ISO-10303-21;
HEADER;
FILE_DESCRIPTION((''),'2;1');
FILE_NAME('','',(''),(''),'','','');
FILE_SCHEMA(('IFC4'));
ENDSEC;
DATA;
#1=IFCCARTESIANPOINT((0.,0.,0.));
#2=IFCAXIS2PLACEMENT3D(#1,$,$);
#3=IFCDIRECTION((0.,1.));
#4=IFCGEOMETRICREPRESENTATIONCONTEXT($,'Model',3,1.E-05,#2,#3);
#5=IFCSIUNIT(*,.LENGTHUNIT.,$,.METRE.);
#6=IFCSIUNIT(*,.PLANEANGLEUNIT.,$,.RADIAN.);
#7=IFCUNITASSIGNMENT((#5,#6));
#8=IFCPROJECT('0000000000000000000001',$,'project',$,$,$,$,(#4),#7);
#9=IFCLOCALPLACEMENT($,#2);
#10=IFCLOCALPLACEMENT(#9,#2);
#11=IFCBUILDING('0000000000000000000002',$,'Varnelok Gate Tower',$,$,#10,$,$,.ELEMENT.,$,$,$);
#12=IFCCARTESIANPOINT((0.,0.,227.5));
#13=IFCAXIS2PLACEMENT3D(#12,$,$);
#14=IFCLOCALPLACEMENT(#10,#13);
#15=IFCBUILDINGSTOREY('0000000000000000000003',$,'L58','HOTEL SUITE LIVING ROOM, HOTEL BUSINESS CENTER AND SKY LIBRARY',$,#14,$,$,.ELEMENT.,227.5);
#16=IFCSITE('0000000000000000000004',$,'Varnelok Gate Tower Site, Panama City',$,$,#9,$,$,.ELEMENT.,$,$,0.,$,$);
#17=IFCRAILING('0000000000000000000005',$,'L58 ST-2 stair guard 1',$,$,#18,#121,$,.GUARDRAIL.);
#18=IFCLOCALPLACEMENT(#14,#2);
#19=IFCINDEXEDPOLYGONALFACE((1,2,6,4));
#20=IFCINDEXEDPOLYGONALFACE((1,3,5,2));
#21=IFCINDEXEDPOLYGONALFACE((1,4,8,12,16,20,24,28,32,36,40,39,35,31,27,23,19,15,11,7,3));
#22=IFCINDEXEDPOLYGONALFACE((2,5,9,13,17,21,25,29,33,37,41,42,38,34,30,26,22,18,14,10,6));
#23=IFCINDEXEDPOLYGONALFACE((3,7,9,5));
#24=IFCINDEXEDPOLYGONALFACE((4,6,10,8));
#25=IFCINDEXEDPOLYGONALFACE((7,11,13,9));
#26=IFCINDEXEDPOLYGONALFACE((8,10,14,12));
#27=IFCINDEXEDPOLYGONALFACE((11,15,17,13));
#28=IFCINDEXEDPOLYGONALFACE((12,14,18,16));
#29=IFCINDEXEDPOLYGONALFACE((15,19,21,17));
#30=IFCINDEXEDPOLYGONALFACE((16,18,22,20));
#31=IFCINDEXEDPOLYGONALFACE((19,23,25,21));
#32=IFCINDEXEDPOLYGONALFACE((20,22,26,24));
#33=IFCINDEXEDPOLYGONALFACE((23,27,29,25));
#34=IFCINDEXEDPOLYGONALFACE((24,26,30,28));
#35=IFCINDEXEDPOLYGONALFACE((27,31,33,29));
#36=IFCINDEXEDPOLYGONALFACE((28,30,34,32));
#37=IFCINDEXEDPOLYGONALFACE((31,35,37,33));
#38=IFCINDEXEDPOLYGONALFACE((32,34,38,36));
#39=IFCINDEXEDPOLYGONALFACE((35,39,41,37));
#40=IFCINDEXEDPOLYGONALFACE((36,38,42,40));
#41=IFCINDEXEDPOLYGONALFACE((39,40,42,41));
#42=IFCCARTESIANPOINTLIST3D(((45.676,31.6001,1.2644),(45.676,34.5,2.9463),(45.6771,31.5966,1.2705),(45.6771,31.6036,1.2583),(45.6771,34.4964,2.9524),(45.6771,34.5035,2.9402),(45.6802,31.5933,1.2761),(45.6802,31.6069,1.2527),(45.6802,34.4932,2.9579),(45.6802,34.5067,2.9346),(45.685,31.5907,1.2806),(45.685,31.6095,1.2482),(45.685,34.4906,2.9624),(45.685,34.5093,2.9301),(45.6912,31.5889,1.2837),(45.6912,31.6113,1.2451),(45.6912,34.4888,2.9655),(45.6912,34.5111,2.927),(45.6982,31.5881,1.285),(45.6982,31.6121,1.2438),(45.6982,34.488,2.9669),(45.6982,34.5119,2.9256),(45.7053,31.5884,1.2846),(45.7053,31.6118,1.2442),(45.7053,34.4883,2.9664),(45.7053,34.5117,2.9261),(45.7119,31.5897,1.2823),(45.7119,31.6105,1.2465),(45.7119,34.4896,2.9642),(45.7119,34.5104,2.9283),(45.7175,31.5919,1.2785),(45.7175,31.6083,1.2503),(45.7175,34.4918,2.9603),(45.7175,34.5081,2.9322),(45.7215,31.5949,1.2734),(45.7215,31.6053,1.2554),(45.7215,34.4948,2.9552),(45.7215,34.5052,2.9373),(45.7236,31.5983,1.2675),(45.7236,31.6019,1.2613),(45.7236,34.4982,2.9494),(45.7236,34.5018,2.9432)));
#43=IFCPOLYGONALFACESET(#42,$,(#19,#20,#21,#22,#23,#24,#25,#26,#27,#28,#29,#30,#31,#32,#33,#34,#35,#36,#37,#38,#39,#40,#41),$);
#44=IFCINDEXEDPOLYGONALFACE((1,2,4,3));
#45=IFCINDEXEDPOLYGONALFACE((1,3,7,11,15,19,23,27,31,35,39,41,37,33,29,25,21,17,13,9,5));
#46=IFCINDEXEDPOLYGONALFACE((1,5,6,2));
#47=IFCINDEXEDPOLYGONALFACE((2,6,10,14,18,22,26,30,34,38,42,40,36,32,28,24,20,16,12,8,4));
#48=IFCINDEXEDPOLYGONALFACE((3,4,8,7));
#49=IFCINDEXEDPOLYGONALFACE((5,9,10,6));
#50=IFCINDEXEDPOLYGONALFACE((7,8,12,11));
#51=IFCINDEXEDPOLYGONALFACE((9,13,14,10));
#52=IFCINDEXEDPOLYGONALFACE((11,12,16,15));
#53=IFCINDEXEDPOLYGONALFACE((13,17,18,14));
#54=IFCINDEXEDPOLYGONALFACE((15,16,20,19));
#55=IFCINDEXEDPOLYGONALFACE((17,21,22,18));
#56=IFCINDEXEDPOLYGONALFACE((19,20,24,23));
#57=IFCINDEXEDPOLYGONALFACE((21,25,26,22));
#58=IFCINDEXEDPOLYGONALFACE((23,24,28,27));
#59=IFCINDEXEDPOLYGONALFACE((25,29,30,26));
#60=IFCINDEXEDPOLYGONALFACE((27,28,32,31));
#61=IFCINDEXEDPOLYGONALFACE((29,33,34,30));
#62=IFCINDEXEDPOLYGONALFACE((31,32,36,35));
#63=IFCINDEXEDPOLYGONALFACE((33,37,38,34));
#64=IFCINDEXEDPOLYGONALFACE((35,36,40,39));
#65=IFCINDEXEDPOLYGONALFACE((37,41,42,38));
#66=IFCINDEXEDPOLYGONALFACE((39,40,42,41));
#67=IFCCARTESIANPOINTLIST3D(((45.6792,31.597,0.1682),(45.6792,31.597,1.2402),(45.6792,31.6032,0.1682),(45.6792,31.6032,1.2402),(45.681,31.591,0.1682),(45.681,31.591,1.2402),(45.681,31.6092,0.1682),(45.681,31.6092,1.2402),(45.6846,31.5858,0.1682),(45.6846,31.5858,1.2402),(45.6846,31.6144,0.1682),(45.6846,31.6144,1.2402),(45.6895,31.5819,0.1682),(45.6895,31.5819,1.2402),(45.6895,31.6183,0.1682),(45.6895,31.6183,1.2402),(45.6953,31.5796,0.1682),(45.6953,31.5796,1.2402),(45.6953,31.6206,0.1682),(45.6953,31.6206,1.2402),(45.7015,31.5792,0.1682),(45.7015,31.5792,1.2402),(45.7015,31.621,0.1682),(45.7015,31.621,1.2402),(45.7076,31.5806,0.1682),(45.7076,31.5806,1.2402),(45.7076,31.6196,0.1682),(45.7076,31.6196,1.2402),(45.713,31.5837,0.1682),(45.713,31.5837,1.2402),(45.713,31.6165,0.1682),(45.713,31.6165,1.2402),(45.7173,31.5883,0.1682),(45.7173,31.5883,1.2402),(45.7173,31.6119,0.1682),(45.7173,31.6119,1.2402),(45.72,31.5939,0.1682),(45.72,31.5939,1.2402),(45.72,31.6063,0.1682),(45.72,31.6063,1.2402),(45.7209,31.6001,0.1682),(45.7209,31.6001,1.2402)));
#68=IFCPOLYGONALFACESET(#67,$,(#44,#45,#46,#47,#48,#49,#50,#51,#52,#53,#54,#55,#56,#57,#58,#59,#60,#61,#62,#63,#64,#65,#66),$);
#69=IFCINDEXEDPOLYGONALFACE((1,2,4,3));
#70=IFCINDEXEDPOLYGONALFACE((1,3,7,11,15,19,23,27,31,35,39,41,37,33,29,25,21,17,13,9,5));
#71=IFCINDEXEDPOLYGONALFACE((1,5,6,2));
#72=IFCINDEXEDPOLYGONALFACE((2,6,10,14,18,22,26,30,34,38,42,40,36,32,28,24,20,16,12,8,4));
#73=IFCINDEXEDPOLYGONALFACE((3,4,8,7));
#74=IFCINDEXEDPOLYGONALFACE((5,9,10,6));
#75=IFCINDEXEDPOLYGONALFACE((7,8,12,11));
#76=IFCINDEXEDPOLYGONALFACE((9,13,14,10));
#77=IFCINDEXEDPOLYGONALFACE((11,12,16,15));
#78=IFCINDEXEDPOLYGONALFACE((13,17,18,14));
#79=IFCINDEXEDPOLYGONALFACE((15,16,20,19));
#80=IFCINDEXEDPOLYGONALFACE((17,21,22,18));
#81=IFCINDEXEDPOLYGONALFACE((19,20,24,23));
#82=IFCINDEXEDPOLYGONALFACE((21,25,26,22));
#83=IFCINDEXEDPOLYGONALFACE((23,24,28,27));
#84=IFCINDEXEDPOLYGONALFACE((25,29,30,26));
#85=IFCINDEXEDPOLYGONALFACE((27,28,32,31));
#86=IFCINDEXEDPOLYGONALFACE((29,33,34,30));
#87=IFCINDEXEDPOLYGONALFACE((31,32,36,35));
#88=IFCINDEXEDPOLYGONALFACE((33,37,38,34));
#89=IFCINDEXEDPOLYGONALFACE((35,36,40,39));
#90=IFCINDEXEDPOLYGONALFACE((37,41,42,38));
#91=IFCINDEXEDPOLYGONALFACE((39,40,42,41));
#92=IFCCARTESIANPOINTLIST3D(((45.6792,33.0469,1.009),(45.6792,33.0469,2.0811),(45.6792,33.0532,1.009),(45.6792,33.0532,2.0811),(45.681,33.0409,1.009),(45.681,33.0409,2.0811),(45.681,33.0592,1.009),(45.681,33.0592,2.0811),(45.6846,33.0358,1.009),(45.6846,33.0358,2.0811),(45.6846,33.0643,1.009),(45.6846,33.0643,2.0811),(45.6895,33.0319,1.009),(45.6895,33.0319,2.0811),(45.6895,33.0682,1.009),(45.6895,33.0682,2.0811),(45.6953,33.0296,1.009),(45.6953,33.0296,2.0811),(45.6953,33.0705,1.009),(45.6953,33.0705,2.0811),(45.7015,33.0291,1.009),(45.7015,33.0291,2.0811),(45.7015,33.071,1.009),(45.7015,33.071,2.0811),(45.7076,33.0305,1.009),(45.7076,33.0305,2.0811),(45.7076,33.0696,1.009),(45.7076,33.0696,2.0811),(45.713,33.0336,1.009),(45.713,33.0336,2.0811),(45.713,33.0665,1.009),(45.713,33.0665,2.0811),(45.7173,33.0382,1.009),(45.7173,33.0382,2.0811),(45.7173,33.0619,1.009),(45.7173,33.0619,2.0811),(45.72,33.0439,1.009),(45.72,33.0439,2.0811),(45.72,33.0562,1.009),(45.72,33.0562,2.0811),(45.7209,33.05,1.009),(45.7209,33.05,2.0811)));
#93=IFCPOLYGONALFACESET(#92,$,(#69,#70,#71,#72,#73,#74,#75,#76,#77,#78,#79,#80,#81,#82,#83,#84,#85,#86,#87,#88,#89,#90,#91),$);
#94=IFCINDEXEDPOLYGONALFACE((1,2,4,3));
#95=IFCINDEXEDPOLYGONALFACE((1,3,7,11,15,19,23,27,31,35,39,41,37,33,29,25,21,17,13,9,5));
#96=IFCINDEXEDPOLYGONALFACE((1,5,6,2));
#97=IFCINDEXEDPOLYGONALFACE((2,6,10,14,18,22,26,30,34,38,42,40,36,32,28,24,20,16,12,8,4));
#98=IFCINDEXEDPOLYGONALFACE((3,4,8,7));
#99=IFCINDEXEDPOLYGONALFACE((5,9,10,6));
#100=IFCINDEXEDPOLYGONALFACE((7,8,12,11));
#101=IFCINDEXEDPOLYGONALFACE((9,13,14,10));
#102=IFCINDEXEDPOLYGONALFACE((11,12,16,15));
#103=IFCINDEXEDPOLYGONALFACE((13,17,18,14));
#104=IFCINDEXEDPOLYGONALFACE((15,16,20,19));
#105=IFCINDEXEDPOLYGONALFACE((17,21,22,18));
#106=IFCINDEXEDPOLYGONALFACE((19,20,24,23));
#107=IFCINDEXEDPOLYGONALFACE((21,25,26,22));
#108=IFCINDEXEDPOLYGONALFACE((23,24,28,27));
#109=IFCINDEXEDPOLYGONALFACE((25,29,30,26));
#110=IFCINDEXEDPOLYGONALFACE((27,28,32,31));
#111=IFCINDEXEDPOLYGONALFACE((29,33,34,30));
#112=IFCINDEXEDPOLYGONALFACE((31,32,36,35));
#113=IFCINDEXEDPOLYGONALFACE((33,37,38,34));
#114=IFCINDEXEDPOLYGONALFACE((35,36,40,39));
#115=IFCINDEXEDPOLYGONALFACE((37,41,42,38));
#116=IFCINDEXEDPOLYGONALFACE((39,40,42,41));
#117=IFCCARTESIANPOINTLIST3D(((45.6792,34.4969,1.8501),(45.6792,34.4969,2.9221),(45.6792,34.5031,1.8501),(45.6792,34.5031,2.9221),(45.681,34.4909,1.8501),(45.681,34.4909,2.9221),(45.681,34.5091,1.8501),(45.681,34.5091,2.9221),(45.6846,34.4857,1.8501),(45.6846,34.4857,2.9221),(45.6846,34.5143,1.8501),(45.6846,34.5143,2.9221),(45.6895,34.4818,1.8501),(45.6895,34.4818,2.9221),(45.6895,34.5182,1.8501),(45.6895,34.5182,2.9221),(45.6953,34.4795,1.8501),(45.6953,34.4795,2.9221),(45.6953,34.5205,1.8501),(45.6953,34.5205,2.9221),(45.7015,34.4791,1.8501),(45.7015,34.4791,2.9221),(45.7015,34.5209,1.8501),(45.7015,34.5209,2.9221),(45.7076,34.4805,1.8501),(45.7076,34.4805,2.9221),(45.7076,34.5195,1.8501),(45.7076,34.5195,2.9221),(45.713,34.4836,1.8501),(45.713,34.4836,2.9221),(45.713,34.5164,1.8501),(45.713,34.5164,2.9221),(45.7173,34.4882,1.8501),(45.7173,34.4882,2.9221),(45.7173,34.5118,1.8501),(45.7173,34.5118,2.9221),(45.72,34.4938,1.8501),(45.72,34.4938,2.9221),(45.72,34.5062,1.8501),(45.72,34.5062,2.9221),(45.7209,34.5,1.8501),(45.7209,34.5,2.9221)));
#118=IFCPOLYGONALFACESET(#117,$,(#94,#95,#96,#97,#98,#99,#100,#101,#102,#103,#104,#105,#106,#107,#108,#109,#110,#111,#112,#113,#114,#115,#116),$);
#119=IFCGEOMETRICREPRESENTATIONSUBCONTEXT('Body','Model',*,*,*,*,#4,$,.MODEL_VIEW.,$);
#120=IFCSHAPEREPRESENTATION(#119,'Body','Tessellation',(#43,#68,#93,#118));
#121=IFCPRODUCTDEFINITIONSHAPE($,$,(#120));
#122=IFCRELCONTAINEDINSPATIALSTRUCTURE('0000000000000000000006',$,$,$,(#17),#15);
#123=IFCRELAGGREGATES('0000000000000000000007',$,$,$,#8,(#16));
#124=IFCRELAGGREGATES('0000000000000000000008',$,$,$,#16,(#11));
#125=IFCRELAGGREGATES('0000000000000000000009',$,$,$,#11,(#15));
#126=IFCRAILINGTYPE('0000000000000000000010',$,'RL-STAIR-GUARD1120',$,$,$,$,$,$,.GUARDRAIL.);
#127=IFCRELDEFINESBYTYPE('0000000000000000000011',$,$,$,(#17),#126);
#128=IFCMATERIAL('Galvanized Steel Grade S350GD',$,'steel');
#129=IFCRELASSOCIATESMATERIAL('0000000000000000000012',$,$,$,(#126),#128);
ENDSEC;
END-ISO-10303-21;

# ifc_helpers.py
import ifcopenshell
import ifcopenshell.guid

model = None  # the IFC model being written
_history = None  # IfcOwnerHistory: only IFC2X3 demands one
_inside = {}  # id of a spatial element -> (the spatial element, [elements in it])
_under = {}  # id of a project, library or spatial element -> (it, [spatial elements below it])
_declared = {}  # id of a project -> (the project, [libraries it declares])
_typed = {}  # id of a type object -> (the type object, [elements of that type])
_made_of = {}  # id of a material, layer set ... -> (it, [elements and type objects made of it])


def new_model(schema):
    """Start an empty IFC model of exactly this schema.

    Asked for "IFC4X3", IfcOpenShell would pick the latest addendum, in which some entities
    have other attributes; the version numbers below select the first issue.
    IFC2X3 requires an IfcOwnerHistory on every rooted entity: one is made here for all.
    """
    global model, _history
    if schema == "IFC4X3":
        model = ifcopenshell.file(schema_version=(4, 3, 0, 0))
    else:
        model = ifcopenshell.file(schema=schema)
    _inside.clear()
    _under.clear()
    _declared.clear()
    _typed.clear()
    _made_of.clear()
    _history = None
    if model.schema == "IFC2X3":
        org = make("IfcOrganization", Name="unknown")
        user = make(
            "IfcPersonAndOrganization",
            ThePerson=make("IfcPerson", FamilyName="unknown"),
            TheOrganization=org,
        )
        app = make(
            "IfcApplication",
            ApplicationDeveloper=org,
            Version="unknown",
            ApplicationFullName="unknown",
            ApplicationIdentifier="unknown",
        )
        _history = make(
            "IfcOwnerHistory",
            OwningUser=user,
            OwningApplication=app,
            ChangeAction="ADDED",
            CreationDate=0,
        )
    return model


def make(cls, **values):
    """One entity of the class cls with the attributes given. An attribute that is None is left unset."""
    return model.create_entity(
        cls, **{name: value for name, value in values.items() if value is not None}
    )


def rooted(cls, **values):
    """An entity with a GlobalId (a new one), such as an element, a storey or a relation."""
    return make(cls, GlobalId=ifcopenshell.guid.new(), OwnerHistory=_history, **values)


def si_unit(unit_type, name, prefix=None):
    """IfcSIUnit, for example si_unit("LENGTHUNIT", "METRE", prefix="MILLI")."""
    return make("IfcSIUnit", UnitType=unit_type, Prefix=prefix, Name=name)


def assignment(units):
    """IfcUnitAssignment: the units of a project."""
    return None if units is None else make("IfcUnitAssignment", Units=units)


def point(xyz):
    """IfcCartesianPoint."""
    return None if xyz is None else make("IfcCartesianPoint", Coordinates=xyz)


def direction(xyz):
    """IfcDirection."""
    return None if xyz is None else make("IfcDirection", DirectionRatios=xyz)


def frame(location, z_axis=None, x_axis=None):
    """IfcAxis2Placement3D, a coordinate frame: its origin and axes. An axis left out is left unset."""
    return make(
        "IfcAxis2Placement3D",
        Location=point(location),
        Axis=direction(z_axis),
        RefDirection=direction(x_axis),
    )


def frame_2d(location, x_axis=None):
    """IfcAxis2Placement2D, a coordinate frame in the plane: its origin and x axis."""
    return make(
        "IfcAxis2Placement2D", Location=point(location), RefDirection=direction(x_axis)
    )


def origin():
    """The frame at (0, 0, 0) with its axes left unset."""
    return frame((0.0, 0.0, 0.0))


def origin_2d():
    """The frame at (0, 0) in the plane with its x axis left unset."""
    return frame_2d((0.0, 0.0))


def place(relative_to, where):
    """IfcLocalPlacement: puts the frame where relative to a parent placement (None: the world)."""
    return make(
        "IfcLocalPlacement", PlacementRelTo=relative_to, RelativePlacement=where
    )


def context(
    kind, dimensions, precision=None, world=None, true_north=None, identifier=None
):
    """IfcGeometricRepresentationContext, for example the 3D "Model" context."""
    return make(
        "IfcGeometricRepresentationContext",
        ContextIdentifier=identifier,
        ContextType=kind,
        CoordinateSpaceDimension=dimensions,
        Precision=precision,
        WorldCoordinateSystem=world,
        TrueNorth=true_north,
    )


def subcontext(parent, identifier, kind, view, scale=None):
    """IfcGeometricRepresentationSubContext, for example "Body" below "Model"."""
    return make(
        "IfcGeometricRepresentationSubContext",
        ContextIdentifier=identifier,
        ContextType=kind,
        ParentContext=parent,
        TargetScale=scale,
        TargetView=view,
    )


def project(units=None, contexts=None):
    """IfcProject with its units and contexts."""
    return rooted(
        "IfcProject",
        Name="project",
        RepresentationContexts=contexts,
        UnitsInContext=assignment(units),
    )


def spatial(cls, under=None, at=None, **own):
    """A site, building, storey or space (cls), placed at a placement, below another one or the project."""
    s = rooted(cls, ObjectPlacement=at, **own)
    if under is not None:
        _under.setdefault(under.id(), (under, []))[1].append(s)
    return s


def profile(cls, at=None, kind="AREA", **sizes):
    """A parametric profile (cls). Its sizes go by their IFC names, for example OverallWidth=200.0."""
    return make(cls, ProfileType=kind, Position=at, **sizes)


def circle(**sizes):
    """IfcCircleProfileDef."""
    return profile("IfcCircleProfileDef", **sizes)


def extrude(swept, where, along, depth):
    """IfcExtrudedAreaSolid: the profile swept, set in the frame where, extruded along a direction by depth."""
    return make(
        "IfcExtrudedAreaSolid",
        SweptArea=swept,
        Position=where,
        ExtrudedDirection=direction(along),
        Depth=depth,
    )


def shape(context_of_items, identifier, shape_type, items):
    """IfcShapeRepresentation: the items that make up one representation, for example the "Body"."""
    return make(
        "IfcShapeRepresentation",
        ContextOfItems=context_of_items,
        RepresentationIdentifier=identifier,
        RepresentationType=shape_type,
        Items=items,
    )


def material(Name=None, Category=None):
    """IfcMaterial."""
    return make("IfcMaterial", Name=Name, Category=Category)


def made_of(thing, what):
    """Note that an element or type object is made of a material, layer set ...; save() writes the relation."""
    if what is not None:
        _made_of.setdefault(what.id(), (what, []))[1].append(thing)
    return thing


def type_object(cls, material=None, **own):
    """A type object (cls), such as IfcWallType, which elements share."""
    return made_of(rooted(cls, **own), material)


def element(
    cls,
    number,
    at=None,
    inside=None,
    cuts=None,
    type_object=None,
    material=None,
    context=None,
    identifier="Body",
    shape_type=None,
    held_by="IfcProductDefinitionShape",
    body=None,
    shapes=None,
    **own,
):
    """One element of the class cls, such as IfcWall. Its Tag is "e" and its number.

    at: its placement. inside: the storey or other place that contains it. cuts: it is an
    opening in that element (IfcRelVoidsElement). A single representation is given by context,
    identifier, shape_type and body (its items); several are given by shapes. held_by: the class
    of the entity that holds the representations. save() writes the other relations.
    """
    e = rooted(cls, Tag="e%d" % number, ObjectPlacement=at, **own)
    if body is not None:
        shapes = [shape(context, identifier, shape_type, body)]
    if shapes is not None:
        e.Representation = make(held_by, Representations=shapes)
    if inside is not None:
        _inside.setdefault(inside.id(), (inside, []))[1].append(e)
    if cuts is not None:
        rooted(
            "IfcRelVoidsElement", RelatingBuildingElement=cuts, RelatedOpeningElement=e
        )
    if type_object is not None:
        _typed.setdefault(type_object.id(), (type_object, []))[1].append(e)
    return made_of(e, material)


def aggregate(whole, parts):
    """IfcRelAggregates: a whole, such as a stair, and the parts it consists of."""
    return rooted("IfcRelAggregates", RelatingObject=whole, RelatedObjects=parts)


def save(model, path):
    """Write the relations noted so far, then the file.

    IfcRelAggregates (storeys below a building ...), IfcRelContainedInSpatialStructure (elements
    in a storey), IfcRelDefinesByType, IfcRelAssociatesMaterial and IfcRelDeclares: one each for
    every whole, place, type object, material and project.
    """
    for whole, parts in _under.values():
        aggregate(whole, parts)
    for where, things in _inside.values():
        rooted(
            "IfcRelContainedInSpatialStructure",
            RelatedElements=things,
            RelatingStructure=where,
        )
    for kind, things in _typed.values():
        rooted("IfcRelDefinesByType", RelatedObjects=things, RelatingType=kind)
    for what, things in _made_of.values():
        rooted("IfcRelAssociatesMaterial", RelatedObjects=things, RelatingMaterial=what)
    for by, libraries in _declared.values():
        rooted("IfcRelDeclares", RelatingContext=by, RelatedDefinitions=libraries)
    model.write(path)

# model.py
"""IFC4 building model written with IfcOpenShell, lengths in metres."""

from ifc_helpers import new_model, si_unit, direction, frame, origin, origin_2d, place, context, subcontext, project, spatial, circle, extrude, material, type_object, element, save


model = new_model("IFC4")

# Units and contexts
model_context = context("Model", 3, precision=1e-05, world=origin(), true_north=direction((0.0, 1.0)))
body_context = subcontext(model_context, "Body", "Model", "MODEL_VIEW")
ifc_project = project(units=[si_unit("LENGTHUNIT", "METRE"), si_unit("PLANEANGLEUNIT", "RADIAN")], contexts=[model_context])

# Site, building, storey
site_placement = place(None, origin())
site = spatial("IfcSite", under=ifc_project, at=site_placement, Name="Varnelok Gate Tower Site, Panama City", CompositionType="ELEMENT", RefElevation=0.0)
building_placement = place(site_placement, origin())
building = spatial("IfcBuilding", under=site, at=building_placement, Name="Varnelok Gate Tower", CompositionType="ELEMENT")
storey_placement = place(building_placement, frame((0.0, 0.0, 227.5)))
storey = spatial("IfcBuildingStorey", under=building, at=storey_placement, Name="L58", Description="HOTEL SUITE LIVING ROOM, HOTEL BUSINESS CENTER AND SKY LIBRARY", CompositionType="ELEMENT", Elevation=227.5)

# Shared definitions
ifc_material_1 = material(Name="Galvanized Steel Grade S350GD", Category="steel")

# Railing
railing_type_1 = type_object("IfcRailingType", Name="RL-STAIR-GUARD1120", PredefinedType="GUARDRAIL", material=ifc_material_1)
railing_1_placement = place(storey_placement, frame((45.7, 31.6001, 0.1682)))
element("IfcRailing", 1, at=railing_1_placement, inside=storey, type_object=railing_type_1, Name="L58 ST-2 stair guard 1", PredefinedType="GUARDRAIL", context=body_context, shape_type="SweptSolid", body=[
    extrude(circle(Radius=0.0239, at=origin_2d()), frame((0.0, 0.0, 1.0962), z_axis=(0.0, 0.865039, 0.501705), x_axis=(-1.0, 0.0, 0.0)), (0.0, 0.0, 1.0), 3.3523),
    extrude(circle(Radius=0.021, at=origin_2d()), origin(), (0.0, 0.0, 1.0), 1.072),
    extrude(circle(Radius=0.021, at=origin_2d()), frame((0.0, 1.45, 0.8408)), (0.0, 0.0, 1.0), 1.072),
    extrude(circle(Radius=0.021, at=origin_2d()), frame((0.0, 2.8999, 1.6819)), (0.0, 0.0, 1.0), 1.072),
])

save(model, "model.ifc")
